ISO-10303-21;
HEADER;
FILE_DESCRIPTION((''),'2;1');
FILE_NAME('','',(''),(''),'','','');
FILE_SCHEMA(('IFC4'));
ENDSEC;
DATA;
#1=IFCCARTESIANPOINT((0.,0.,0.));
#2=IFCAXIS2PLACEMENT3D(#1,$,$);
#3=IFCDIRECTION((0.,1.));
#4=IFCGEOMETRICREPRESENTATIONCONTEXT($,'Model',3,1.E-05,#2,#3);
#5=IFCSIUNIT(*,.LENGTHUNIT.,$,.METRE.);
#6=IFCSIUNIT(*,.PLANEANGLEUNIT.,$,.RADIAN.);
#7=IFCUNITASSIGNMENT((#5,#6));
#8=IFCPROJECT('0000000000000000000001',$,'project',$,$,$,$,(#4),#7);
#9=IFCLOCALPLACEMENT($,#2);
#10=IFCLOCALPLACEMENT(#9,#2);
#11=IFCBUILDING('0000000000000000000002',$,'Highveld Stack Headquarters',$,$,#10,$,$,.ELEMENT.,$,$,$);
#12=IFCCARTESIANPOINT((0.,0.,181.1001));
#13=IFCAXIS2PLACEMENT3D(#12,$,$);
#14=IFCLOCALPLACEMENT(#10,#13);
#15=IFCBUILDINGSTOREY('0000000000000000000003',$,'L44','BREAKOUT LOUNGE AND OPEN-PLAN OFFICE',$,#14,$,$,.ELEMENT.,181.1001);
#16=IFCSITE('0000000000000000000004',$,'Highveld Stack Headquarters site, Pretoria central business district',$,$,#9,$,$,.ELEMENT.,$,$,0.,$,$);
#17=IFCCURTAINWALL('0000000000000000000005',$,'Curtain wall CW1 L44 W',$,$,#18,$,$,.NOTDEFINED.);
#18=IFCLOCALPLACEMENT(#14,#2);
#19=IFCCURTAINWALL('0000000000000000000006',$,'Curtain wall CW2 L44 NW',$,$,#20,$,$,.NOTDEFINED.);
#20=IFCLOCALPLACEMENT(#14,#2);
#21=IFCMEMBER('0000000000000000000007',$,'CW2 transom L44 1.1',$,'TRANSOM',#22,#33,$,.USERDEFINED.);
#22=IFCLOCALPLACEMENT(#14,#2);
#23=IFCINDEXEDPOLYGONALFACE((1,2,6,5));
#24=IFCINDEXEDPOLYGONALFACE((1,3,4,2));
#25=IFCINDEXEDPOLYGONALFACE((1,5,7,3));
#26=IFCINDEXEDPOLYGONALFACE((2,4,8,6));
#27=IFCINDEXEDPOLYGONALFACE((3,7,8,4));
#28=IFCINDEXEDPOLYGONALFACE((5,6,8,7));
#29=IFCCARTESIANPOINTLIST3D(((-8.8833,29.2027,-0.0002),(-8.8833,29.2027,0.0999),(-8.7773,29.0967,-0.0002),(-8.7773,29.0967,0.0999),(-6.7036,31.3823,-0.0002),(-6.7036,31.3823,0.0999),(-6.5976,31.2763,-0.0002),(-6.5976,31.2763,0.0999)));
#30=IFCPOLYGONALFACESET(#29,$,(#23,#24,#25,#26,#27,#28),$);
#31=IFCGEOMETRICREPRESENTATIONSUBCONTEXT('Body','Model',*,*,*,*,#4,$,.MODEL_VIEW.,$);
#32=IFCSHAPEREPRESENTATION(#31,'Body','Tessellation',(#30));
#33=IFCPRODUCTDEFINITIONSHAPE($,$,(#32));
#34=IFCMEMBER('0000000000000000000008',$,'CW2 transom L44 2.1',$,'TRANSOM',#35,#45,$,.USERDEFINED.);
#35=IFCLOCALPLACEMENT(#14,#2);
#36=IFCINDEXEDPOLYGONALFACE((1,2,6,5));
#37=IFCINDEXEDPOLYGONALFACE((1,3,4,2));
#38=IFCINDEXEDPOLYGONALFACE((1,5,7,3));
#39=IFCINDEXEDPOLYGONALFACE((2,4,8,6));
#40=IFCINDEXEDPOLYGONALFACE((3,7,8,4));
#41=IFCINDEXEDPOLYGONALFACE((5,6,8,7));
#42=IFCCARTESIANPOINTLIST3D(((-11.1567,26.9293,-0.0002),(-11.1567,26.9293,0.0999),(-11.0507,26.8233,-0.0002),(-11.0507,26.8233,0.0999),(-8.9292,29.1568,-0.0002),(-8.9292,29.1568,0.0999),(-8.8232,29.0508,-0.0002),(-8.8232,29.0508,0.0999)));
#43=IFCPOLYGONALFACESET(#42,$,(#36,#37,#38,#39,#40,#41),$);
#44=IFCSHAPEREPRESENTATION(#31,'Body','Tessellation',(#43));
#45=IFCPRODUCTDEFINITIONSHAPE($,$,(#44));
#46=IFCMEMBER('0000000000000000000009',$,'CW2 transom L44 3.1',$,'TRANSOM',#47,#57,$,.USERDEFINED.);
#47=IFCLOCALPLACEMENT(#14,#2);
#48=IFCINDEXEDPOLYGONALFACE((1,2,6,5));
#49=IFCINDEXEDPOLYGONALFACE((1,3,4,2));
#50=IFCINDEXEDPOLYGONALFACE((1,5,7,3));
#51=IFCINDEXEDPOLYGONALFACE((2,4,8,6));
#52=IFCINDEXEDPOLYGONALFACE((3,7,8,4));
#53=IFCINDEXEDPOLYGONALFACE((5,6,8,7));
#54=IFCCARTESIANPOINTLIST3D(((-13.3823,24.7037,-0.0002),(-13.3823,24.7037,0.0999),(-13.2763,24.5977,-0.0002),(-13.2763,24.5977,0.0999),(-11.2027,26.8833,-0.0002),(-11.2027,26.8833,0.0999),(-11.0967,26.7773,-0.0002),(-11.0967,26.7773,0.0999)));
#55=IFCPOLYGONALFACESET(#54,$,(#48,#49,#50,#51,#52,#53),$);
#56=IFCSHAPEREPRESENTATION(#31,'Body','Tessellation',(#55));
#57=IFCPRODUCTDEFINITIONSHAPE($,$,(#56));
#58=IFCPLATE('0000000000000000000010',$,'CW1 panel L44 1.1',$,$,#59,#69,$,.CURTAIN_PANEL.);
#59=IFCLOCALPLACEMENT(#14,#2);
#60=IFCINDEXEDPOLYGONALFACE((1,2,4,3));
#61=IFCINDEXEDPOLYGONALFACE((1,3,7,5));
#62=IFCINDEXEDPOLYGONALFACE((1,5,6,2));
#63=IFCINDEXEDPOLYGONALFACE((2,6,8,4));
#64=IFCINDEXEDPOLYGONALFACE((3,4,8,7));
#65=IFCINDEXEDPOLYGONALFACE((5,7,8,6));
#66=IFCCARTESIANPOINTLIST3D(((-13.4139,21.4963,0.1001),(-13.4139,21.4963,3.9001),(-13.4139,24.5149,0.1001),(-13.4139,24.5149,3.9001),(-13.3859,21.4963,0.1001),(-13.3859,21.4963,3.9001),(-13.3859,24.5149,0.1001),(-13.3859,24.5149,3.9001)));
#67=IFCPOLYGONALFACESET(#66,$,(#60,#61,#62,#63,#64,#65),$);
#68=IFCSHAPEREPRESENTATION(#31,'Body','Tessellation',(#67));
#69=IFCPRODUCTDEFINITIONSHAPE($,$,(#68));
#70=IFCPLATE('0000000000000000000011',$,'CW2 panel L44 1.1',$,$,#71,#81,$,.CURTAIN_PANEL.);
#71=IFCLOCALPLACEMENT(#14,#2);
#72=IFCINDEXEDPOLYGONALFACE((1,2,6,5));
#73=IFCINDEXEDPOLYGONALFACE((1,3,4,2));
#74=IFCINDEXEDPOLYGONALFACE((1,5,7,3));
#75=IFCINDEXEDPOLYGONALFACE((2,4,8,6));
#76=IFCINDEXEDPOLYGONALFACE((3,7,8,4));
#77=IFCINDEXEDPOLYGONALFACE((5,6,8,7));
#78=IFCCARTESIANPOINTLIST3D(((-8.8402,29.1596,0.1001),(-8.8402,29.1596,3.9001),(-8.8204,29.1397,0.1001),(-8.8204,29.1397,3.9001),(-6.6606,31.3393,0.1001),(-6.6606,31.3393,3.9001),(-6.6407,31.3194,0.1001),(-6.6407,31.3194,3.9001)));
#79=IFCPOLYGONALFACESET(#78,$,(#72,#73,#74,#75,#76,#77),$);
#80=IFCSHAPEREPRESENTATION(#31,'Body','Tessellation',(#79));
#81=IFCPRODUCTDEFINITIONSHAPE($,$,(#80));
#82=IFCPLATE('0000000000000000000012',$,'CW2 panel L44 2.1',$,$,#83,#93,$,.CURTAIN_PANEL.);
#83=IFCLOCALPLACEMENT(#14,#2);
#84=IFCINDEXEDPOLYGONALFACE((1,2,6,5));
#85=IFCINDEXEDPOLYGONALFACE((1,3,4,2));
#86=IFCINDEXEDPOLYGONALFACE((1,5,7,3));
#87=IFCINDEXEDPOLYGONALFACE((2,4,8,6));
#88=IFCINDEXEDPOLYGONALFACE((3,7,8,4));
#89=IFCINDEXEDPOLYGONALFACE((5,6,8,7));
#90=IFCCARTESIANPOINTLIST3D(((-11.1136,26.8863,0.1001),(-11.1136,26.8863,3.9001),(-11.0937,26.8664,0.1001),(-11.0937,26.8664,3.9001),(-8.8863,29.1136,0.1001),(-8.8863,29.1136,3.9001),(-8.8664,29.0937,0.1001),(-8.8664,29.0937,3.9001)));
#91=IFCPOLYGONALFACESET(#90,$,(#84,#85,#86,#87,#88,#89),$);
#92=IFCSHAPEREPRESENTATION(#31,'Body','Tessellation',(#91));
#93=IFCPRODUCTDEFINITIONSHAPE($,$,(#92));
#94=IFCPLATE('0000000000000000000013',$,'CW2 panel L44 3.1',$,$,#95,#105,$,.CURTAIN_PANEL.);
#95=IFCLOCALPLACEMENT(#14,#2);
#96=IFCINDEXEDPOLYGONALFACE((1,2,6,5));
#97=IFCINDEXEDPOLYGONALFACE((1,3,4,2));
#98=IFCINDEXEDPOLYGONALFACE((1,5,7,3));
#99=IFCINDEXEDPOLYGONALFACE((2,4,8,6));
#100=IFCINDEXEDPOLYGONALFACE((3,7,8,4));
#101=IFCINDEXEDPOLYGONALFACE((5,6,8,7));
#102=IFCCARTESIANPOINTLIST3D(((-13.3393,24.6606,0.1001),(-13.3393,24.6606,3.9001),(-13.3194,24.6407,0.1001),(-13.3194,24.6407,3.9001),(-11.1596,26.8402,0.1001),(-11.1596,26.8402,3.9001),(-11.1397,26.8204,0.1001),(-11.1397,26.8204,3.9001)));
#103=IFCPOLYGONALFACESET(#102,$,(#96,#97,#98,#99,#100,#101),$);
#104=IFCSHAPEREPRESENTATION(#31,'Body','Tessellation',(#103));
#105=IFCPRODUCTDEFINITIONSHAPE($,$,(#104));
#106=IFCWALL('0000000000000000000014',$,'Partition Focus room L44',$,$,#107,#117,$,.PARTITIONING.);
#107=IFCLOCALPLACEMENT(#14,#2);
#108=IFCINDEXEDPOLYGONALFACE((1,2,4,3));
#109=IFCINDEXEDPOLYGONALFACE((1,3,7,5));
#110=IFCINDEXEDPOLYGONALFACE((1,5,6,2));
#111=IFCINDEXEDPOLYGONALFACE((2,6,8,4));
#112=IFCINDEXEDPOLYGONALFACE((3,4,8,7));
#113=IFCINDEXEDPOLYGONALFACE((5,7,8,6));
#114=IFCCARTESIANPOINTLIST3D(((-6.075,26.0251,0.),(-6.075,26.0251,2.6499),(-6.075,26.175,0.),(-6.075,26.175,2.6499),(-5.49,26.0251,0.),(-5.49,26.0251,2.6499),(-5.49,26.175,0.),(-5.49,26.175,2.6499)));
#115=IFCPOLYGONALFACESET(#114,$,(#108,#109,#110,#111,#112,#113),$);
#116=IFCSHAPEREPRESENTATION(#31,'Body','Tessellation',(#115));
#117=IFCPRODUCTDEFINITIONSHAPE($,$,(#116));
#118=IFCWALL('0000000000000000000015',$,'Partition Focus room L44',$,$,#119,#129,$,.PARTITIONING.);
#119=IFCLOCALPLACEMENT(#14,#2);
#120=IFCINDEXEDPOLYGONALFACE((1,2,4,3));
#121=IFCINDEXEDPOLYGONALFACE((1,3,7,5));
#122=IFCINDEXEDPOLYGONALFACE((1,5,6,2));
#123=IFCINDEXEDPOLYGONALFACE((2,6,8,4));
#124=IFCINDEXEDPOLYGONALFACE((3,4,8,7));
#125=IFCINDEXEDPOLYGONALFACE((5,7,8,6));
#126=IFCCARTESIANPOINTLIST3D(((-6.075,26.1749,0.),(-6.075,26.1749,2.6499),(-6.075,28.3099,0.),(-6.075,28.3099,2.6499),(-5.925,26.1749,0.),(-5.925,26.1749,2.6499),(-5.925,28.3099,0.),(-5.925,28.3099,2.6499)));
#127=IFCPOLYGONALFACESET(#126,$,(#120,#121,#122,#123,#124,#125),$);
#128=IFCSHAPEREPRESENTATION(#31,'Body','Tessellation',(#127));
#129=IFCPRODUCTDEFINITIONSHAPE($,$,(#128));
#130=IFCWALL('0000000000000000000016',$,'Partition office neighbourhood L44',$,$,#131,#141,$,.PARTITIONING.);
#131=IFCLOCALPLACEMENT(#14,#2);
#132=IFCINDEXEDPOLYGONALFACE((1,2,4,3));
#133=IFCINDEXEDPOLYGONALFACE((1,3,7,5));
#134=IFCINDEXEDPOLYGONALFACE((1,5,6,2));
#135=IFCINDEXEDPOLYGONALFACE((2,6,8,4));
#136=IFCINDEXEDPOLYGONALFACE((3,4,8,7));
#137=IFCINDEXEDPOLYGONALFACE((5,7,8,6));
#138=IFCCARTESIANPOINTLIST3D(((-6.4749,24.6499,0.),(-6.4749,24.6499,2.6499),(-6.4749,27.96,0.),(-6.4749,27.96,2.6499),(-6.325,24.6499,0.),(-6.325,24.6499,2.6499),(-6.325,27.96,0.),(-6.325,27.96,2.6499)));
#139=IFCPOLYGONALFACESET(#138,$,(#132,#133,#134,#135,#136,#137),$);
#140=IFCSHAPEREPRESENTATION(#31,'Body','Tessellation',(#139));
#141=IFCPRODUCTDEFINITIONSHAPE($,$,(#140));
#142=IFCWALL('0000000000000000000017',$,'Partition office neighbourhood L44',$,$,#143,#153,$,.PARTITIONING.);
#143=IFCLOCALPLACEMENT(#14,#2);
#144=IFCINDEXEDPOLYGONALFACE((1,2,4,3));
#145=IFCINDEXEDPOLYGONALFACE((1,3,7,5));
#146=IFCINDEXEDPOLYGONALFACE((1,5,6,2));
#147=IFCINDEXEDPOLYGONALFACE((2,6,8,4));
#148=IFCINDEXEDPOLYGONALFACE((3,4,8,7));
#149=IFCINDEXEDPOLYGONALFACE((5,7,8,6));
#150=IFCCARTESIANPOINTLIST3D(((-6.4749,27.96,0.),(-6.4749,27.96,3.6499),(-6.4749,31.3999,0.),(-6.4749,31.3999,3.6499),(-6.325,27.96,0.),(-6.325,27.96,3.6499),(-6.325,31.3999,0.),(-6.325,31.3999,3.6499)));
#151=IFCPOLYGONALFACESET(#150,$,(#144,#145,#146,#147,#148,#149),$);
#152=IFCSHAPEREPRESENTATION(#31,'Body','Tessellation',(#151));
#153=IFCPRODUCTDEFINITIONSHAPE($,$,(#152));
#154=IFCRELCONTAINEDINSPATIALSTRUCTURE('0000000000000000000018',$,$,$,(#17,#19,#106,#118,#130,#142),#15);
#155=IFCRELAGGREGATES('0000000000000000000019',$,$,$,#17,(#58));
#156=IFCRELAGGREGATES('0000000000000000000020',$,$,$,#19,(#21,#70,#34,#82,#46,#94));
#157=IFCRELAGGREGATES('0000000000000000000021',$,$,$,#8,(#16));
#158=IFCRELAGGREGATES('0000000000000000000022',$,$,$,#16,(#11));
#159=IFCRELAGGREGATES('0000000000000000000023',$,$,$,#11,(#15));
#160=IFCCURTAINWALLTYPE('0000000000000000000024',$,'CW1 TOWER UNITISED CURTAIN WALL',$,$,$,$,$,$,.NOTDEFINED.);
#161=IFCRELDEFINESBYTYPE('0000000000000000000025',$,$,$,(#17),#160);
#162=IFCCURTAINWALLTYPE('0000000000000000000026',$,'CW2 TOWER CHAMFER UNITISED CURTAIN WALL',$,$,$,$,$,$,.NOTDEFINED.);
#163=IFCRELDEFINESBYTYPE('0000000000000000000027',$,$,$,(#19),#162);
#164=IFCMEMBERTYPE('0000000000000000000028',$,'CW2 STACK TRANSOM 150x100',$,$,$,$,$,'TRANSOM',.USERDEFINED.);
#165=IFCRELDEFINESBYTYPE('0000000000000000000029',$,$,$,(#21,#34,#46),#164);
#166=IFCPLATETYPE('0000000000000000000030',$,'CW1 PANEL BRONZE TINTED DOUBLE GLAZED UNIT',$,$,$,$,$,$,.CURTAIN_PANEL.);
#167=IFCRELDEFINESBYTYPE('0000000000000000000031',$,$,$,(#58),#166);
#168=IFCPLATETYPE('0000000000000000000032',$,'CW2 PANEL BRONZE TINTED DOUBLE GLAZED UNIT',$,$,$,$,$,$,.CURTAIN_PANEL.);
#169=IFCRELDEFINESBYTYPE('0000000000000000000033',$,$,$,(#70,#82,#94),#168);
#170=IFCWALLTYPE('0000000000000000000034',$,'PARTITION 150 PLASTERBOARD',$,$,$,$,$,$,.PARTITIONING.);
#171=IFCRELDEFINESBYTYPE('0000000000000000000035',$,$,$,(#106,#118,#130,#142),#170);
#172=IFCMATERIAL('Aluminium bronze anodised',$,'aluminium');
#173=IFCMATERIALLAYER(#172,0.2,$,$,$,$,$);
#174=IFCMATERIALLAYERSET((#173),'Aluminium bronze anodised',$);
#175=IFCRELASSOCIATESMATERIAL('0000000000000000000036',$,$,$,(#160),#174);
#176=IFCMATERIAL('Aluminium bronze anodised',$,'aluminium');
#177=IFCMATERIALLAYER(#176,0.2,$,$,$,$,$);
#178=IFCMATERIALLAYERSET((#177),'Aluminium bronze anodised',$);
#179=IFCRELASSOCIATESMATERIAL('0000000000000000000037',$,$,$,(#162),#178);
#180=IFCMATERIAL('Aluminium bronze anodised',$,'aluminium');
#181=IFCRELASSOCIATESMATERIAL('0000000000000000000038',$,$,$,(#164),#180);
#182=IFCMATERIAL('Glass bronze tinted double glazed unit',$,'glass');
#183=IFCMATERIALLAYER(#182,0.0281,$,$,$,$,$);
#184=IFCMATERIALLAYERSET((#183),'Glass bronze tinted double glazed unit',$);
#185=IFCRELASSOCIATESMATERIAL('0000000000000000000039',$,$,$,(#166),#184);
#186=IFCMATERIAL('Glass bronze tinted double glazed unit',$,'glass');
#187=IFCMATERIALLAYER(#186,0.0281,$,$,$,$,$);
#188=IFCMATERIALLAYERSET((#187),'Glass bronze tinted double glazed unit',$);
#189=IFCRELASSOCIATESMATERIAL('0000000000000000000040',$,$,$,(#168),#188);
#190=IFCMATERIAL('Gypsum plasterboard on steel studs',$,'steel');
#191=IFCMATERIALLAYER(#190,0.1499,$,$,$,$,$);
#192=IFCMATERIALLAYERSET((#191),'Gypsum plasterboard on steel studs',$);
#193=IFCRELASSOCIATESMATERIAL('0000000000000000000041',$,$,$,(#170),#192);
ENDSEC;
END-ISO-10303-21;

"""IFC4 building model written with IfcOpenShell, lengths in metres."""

from ifc_helpers import new_model, si_unit, direction, frame, frame_2d, origin, origin_2d, place, context, subcontext, project, spatial, rectangle, extrude, material, layer, layer_set, material_profile, profile_set, type_object, element, aggregate, save


model = new_model("IFC4")

# Units and contexts
model_context = context("Model", 3, precision=1e-05, world=origin(), true_north=direction((0.0, 1.0)))
body_context = subcontext(model_context, "Body", "Model", "MODEL_VIEW")
ifc_project = project(units=[si_unit("LENGTHUNIT", "METRE"), si_unit("PLANEANGLEUNIT", "RADIAN")], contexts=[model_context])

# Site, building, storey
site_placement = place(None, origin())
site = spatial("IfcSite", under=ifc_project, at=site_placement, Name="Highveld Stack Headquarters site, Pretoria central business district", CompositionType="ELEMENT", RefElevation=0.0)
building_placement = place(site_placement, origin())
building = spatial("IfcBuilding", under=site, at=building_placement, Name="Highveld Stack Headquarters", CompositionType="ELEMENT")
storey_placement = place(building_placement, frame((0.0, 0.0, 181.1001)))
storey = spatial("IfcBuildingStorey", under=building, at=storey_placement, Name="L44", Description="BREAKOUT LOUNGE AND OPEN-PLAN OFFICE", CompositionType="ELEMENT", Elevation=181.1001)

# Curtain wall
ifc_material_1 = material(Name="Aluminium bronze anodised", Category="aluminium")
ifc_layer_1 = layer(ifc_material_1, 0.2)
ifc_layer_set_1 = layer_set([ifc_layer_1], Name="Aluminium bronze anodised")
curtain_wall_type_1 = type_object("IfcCurtainWallType", Name="CW1 TOWER UNITISED CURTAIN WALL", PredefinedType="NOTDEFINED", material=ifc_layer_set_1)
curtain_wall_1_placement = place(storey_placement, origin())
curtain_wall_1 = element("IfcCurtainWall", 1, at=curtain_wall_1_placement, inside=storey, type_object=curtain_wall_type_1, Name="Curtain wall CW1 L44 W", PredefinedType="NOTDEFINED")

# Curtain wall, members
ifc_material_2 = material(Name="Aluminium bronze anodised", Category="aluminium")
ifc_layer_2 = layer(ifc_material_2, 0.2)
ifc_layer_set_2 = layer_set([ifc_layer_2], Name="Aluminium bronze anodised")
curtain_wall_type_2 = type_object("IfcCurtainWallType", Name="CW2 TOWER CHAMFER UNITISED CURTAIN WALL", PredefinedType="NOTDEFINED", material=ifc_layer_set_2)
curtain_wall_2_placement = place(storey_placement, origin())
curtain_wall_2 = element("IfcCurtainWall", 2, at=curtain_wall_2_placement, inside=storey, type_object=curtain_wall_type_2, Name="Curtain wall CW2 L44 NW", PredefinedType="NOTDEFINED")
ifc_material_3 = material(Name="Aluminium bronze anodised", Category="aluminium")
ifc_material_profile_1 = material_profile(ifc_material_3, rectangle(XDim=0.1499, YDim=0.1001, at=origin_2d()), Name="CW2 TRANSOM 150x100")
ifc_profile_set_1 = profile_set([ifc_material_profile_1], Name="Aluminium bronze anodised")
member_type_1 = type_object("IfcMemberType", Name="CW2 STACK TRANSOM 150x100", ElementType="TRANSOM", PredefinedType="USERDEFINED", material=ifc_profile_set_1)
member_1_placement = place(storey_placement, frame((-6.6506, 31.3293, 0.0498), z_axis=(-0.707107, -0.707107, 0.0), x_axis=(0.707107, -0.707107, 0.0)))
member_1 = element("IfcMember", 3, at=member_1_placement, type_object=member_type_1, Name="CW2 transom L44 1.1", ObjectType="TRANSOM", PredefinedType="USERDEFINED", context=body_context, shape_type="SweptSolid", body=[
    extrude(rectangle(XDim=0.1499, YDim=0.1001, at=origin_2d()), origin(), (0.0, 0.0, 1.0), 3.0825),
])
member_2_placement = place(storey_placement, frame((-8.8762, 29.1038, 0.0498), z_axis=(-0.707107, -0.707107, 0.0), x_axis=(0.707107, -0.707107, 0.0)))
member_2 = element("IfcMember", 4, at=member_2_placement, type_object=member_type_1, Name="CW2 transom L44 2.1", ObjectType="TRANSOM", PredefinedType="USERDEFINED", context=body_context, shape_type="SweptSolid", body=[
    extrude(rectangle(XDim=0.1499, YDim=0.1001, at=origin_2d()), origin(), (0.0, 0.0, 1.0), 3.1501),
])
member_3_placement = place(storey_placement, frame((-11.1497, 26.8303, 0.0498), z_axis=(-0.707107, -0.707107, 0.0), x_axis=(0.707107, -0.707107, 0.0)))
member_3 = element("IfcMember", 5, at=member_3_placement, type_object=member_type_1, Name="CW2 transom L44 3.1", ObjectType="TRANSOM", PredefinedType="USERDEFINED", context=body_context, shape_type="SweptSolid", body=[
    extrude(rectangle(XDim=0.1499, YDim=0.1001, at=origin_2d()), origin(), (0.0, 0.0, 1.0), 3.0825),
])

# Plates
ifc_material_4 = material(Name="Glass bronze tinted double glazed unit", Category="glass")
ifc_layer_3 = layer(ifc_material_4, 0.0281)
ifc_layer_set_3 = layer_set([ifc_layer_3], Name="Glass bronze tinted double glazed unit")
plate_type_1 = type_object("IfcPlateType", Name="CW1 PANEL BRONZE TINTED DOUBLE GLAZED UNIT", PredefinedType="CURTAIN_PANEL", material=ifc_layer_set_3)
plate_1_placement = place(storey_placement, frame((-13.3999, 23.0056, 0.1001), z_axis=(0.0, 0.0, 1.0), x_axis=(0.0, -1.0, 0.0)))
plate_1 = element("IfcPlate", 6, at=plate_1_placement, type_object=plate_type_1, Name="CW1 panel L44 1.1", PredefinedType="CURTAIN_PANEL", context=body_context, shape_type="SweptSolid", body=[
    extrude(rectangle(XDim=3.0186, YDim=0.0281, at=origin_2d()), origin(), (0.0, 0.0, 1.0), 3.8),
])
aggregate(curtain_wall_1, [plate_1])
ifc_material_5 = material(Name="Glass bronze tinted double glazed unit", Category="glass")
ifc_layer_4 = layer(ifc_material_5, 0.0281)
ifc_layer_set_4 = layer_set([ifc_layer_4], Name="Glass bronze tinted double glazed unit")
plate_type_2 = type_object("IfcPlateType", Name="CW2 PANEL BRONZE TINTED DOUBLE GLAZED UNIT", PredefinedType="CURTAIN_PANEL", material=ifc_layer_set_4)
plate_2_placement = place(storey_placement, frame((-7.7405, 30.2395, 0.1001), z_axis=(0.0, 0.0, 1.0), x_axis=(-0.707107, -0.707107, 0.0)))
plate_2 = element("IfcPlate", 7, at=plate_2_placement, type_object=plate_type_2, Name="CW2 panel L44 1.1", PredefinedType="CURTAIN_PANEL", context=body_context, shape_type="SweptSolid", body=[
    extrude(rectangle(XDim=3.0825, YDim=0.0281, at=origin_2d()), origin(), (0.0, 0.0, 1.0), 3.8),
])
plate_3_placement = place(storey_placement, frame((-9.99, 27.99, 0.1001), z_axis=(0.0, 0.0, 1.0), x_axis=(-0.707107, -0.707107, 0.0)))
plate_3 = element("IfcPlate", 8, at=plate_3_placement, type_object=plate_type_2, Name="CW2 panel L44 2.1", PredefinedType="CURTAIN_PANEL", context=body_context, shape_type="SweptSolid", body=[
    extrude(rectangle(XDim=3.1499, YDim=0.0281, at=origin_2d()), origin(), (0.0, 0.0, 1.0), 3.8),
])
plate_4_placement = place(storey_placement, frame((-12.2395, 25.7405, 0.1001), z_axis=(0.0, 0.0, 1.0), x_axis=(-0.707107, -0.707107, 0.0)))
plate_4 = element("IfcPlate", 9, at=plate_4_placement, type_object=plate_type_2, Name="CW2 panel L44 3.1", PredefinedType="CURTAIN_PANEL", context=body_context, shape_type="SweptSolid", body=[
    extrude(rectangle(XDim=3.0825, YDim=0.0281, at=origin_2d()), origin(), (0.0, 0.0, 1.0), 3.8),
])
aggregate(curtain_wall_2, [member_1, plate_2, member_2, plate_3, member_3, plate_4])

# Walls
ifc_material_6 = material(Name="Gypsum plasterboard on steel studs", Category="steel")
ifc_layer_5 = layer(ifc_material_6, 0.1499)
ifc_layer_set_5 = layer_set([ifc_layer_5], Name="Gypsum plasterboard on steel studs")
wall_type = type_object("IfcWallType", Name="PARTITION 150 PLASTERBOARD", PredefinedType="PARTITIONING", material=ifc_layer_set_5)
wall_1_placement = place(storey_placement, frame((-6.075, 26.1001, 0.0), z_axis=(0.0, 0.0, 1.0), x_axis=(1.0, 0.0, 0.0)))
element("IfcWall", 10, at=wall_1_placement, inside=storey, type_object=wall_type, Name="Partition Focus room L44", PredefinedType="PARTITIONING", context=body_context, shape_type="SweptSolid", body=[
    extrude(rectangle(XDim=0.585, YDim=0.1499, at=frame_2d((0.2925, 0.0))), origin(), (0.0, 0.0, 1.0), 2.6499),
])
wall_2_placement = place(storey_placement, frame((-6.0, 26.175, 0.0), z_axis=(0.0, 0.0, 1.0), x_axis=(0.0, 1.0, 0.0)))
element("IfcWall", 11, at=wall_2_placement, inside=storey, type_object=wall_type, Name="Partition Focus room L44", PredefinedType="PARTITIONING", context=body_context, shape_type="SweptSolid", body=[
    extrude(rectangle(XDim=2.135, YDim=0.1499, at=frame_2d((1.0674, 0.0))), origin(), (0.0, 0.0, 1.0), 2.6499),
])
wall_3_placement = place(storey_placement, frame((-6.3999, 24.6499, 0.0), z_axis=(0.0, 0.0, 1.0), x_axis=(0.0, 1.0, 0.0)))
element("IfcWall", 12, at=wall_3_placement, inside=storey, type_object=wall_type, Name="Partition office neighbourhood L44", PredefinedType="PARTITIONING", context=body_context, shape_type="SweptSolid", body=[
    extrude(rectangle(XDim=3.3101, YDim=0.1499, at=frame_2d((1.655, 0.0))), origin(), (0.0, 0.0, 1.0), 2.6499),
])
wall_4_placement = place(storey_placement, frame((-6.3999, 27.96, 0.0), z_axis=(0.0, 0.0, 1.0), x_axis=(0.0, 1.0, 0.0)))
element("IfcWall", 13, at=wall_4_placement, inside=storey, type_object=wall_type, Name="Partition office neighbourhood L44", PredefinedType="PARTITIONING", context=body_context, shape_type="SweptSolid", body=[
    extrude(rectangle(XDim=3.4399, YDim=0.1499, at=frame_2d((1.72, 0.0))), origin(), (0.0, 0.0, 1.0), 3.6499),
])

save(model, "model.ifc")
